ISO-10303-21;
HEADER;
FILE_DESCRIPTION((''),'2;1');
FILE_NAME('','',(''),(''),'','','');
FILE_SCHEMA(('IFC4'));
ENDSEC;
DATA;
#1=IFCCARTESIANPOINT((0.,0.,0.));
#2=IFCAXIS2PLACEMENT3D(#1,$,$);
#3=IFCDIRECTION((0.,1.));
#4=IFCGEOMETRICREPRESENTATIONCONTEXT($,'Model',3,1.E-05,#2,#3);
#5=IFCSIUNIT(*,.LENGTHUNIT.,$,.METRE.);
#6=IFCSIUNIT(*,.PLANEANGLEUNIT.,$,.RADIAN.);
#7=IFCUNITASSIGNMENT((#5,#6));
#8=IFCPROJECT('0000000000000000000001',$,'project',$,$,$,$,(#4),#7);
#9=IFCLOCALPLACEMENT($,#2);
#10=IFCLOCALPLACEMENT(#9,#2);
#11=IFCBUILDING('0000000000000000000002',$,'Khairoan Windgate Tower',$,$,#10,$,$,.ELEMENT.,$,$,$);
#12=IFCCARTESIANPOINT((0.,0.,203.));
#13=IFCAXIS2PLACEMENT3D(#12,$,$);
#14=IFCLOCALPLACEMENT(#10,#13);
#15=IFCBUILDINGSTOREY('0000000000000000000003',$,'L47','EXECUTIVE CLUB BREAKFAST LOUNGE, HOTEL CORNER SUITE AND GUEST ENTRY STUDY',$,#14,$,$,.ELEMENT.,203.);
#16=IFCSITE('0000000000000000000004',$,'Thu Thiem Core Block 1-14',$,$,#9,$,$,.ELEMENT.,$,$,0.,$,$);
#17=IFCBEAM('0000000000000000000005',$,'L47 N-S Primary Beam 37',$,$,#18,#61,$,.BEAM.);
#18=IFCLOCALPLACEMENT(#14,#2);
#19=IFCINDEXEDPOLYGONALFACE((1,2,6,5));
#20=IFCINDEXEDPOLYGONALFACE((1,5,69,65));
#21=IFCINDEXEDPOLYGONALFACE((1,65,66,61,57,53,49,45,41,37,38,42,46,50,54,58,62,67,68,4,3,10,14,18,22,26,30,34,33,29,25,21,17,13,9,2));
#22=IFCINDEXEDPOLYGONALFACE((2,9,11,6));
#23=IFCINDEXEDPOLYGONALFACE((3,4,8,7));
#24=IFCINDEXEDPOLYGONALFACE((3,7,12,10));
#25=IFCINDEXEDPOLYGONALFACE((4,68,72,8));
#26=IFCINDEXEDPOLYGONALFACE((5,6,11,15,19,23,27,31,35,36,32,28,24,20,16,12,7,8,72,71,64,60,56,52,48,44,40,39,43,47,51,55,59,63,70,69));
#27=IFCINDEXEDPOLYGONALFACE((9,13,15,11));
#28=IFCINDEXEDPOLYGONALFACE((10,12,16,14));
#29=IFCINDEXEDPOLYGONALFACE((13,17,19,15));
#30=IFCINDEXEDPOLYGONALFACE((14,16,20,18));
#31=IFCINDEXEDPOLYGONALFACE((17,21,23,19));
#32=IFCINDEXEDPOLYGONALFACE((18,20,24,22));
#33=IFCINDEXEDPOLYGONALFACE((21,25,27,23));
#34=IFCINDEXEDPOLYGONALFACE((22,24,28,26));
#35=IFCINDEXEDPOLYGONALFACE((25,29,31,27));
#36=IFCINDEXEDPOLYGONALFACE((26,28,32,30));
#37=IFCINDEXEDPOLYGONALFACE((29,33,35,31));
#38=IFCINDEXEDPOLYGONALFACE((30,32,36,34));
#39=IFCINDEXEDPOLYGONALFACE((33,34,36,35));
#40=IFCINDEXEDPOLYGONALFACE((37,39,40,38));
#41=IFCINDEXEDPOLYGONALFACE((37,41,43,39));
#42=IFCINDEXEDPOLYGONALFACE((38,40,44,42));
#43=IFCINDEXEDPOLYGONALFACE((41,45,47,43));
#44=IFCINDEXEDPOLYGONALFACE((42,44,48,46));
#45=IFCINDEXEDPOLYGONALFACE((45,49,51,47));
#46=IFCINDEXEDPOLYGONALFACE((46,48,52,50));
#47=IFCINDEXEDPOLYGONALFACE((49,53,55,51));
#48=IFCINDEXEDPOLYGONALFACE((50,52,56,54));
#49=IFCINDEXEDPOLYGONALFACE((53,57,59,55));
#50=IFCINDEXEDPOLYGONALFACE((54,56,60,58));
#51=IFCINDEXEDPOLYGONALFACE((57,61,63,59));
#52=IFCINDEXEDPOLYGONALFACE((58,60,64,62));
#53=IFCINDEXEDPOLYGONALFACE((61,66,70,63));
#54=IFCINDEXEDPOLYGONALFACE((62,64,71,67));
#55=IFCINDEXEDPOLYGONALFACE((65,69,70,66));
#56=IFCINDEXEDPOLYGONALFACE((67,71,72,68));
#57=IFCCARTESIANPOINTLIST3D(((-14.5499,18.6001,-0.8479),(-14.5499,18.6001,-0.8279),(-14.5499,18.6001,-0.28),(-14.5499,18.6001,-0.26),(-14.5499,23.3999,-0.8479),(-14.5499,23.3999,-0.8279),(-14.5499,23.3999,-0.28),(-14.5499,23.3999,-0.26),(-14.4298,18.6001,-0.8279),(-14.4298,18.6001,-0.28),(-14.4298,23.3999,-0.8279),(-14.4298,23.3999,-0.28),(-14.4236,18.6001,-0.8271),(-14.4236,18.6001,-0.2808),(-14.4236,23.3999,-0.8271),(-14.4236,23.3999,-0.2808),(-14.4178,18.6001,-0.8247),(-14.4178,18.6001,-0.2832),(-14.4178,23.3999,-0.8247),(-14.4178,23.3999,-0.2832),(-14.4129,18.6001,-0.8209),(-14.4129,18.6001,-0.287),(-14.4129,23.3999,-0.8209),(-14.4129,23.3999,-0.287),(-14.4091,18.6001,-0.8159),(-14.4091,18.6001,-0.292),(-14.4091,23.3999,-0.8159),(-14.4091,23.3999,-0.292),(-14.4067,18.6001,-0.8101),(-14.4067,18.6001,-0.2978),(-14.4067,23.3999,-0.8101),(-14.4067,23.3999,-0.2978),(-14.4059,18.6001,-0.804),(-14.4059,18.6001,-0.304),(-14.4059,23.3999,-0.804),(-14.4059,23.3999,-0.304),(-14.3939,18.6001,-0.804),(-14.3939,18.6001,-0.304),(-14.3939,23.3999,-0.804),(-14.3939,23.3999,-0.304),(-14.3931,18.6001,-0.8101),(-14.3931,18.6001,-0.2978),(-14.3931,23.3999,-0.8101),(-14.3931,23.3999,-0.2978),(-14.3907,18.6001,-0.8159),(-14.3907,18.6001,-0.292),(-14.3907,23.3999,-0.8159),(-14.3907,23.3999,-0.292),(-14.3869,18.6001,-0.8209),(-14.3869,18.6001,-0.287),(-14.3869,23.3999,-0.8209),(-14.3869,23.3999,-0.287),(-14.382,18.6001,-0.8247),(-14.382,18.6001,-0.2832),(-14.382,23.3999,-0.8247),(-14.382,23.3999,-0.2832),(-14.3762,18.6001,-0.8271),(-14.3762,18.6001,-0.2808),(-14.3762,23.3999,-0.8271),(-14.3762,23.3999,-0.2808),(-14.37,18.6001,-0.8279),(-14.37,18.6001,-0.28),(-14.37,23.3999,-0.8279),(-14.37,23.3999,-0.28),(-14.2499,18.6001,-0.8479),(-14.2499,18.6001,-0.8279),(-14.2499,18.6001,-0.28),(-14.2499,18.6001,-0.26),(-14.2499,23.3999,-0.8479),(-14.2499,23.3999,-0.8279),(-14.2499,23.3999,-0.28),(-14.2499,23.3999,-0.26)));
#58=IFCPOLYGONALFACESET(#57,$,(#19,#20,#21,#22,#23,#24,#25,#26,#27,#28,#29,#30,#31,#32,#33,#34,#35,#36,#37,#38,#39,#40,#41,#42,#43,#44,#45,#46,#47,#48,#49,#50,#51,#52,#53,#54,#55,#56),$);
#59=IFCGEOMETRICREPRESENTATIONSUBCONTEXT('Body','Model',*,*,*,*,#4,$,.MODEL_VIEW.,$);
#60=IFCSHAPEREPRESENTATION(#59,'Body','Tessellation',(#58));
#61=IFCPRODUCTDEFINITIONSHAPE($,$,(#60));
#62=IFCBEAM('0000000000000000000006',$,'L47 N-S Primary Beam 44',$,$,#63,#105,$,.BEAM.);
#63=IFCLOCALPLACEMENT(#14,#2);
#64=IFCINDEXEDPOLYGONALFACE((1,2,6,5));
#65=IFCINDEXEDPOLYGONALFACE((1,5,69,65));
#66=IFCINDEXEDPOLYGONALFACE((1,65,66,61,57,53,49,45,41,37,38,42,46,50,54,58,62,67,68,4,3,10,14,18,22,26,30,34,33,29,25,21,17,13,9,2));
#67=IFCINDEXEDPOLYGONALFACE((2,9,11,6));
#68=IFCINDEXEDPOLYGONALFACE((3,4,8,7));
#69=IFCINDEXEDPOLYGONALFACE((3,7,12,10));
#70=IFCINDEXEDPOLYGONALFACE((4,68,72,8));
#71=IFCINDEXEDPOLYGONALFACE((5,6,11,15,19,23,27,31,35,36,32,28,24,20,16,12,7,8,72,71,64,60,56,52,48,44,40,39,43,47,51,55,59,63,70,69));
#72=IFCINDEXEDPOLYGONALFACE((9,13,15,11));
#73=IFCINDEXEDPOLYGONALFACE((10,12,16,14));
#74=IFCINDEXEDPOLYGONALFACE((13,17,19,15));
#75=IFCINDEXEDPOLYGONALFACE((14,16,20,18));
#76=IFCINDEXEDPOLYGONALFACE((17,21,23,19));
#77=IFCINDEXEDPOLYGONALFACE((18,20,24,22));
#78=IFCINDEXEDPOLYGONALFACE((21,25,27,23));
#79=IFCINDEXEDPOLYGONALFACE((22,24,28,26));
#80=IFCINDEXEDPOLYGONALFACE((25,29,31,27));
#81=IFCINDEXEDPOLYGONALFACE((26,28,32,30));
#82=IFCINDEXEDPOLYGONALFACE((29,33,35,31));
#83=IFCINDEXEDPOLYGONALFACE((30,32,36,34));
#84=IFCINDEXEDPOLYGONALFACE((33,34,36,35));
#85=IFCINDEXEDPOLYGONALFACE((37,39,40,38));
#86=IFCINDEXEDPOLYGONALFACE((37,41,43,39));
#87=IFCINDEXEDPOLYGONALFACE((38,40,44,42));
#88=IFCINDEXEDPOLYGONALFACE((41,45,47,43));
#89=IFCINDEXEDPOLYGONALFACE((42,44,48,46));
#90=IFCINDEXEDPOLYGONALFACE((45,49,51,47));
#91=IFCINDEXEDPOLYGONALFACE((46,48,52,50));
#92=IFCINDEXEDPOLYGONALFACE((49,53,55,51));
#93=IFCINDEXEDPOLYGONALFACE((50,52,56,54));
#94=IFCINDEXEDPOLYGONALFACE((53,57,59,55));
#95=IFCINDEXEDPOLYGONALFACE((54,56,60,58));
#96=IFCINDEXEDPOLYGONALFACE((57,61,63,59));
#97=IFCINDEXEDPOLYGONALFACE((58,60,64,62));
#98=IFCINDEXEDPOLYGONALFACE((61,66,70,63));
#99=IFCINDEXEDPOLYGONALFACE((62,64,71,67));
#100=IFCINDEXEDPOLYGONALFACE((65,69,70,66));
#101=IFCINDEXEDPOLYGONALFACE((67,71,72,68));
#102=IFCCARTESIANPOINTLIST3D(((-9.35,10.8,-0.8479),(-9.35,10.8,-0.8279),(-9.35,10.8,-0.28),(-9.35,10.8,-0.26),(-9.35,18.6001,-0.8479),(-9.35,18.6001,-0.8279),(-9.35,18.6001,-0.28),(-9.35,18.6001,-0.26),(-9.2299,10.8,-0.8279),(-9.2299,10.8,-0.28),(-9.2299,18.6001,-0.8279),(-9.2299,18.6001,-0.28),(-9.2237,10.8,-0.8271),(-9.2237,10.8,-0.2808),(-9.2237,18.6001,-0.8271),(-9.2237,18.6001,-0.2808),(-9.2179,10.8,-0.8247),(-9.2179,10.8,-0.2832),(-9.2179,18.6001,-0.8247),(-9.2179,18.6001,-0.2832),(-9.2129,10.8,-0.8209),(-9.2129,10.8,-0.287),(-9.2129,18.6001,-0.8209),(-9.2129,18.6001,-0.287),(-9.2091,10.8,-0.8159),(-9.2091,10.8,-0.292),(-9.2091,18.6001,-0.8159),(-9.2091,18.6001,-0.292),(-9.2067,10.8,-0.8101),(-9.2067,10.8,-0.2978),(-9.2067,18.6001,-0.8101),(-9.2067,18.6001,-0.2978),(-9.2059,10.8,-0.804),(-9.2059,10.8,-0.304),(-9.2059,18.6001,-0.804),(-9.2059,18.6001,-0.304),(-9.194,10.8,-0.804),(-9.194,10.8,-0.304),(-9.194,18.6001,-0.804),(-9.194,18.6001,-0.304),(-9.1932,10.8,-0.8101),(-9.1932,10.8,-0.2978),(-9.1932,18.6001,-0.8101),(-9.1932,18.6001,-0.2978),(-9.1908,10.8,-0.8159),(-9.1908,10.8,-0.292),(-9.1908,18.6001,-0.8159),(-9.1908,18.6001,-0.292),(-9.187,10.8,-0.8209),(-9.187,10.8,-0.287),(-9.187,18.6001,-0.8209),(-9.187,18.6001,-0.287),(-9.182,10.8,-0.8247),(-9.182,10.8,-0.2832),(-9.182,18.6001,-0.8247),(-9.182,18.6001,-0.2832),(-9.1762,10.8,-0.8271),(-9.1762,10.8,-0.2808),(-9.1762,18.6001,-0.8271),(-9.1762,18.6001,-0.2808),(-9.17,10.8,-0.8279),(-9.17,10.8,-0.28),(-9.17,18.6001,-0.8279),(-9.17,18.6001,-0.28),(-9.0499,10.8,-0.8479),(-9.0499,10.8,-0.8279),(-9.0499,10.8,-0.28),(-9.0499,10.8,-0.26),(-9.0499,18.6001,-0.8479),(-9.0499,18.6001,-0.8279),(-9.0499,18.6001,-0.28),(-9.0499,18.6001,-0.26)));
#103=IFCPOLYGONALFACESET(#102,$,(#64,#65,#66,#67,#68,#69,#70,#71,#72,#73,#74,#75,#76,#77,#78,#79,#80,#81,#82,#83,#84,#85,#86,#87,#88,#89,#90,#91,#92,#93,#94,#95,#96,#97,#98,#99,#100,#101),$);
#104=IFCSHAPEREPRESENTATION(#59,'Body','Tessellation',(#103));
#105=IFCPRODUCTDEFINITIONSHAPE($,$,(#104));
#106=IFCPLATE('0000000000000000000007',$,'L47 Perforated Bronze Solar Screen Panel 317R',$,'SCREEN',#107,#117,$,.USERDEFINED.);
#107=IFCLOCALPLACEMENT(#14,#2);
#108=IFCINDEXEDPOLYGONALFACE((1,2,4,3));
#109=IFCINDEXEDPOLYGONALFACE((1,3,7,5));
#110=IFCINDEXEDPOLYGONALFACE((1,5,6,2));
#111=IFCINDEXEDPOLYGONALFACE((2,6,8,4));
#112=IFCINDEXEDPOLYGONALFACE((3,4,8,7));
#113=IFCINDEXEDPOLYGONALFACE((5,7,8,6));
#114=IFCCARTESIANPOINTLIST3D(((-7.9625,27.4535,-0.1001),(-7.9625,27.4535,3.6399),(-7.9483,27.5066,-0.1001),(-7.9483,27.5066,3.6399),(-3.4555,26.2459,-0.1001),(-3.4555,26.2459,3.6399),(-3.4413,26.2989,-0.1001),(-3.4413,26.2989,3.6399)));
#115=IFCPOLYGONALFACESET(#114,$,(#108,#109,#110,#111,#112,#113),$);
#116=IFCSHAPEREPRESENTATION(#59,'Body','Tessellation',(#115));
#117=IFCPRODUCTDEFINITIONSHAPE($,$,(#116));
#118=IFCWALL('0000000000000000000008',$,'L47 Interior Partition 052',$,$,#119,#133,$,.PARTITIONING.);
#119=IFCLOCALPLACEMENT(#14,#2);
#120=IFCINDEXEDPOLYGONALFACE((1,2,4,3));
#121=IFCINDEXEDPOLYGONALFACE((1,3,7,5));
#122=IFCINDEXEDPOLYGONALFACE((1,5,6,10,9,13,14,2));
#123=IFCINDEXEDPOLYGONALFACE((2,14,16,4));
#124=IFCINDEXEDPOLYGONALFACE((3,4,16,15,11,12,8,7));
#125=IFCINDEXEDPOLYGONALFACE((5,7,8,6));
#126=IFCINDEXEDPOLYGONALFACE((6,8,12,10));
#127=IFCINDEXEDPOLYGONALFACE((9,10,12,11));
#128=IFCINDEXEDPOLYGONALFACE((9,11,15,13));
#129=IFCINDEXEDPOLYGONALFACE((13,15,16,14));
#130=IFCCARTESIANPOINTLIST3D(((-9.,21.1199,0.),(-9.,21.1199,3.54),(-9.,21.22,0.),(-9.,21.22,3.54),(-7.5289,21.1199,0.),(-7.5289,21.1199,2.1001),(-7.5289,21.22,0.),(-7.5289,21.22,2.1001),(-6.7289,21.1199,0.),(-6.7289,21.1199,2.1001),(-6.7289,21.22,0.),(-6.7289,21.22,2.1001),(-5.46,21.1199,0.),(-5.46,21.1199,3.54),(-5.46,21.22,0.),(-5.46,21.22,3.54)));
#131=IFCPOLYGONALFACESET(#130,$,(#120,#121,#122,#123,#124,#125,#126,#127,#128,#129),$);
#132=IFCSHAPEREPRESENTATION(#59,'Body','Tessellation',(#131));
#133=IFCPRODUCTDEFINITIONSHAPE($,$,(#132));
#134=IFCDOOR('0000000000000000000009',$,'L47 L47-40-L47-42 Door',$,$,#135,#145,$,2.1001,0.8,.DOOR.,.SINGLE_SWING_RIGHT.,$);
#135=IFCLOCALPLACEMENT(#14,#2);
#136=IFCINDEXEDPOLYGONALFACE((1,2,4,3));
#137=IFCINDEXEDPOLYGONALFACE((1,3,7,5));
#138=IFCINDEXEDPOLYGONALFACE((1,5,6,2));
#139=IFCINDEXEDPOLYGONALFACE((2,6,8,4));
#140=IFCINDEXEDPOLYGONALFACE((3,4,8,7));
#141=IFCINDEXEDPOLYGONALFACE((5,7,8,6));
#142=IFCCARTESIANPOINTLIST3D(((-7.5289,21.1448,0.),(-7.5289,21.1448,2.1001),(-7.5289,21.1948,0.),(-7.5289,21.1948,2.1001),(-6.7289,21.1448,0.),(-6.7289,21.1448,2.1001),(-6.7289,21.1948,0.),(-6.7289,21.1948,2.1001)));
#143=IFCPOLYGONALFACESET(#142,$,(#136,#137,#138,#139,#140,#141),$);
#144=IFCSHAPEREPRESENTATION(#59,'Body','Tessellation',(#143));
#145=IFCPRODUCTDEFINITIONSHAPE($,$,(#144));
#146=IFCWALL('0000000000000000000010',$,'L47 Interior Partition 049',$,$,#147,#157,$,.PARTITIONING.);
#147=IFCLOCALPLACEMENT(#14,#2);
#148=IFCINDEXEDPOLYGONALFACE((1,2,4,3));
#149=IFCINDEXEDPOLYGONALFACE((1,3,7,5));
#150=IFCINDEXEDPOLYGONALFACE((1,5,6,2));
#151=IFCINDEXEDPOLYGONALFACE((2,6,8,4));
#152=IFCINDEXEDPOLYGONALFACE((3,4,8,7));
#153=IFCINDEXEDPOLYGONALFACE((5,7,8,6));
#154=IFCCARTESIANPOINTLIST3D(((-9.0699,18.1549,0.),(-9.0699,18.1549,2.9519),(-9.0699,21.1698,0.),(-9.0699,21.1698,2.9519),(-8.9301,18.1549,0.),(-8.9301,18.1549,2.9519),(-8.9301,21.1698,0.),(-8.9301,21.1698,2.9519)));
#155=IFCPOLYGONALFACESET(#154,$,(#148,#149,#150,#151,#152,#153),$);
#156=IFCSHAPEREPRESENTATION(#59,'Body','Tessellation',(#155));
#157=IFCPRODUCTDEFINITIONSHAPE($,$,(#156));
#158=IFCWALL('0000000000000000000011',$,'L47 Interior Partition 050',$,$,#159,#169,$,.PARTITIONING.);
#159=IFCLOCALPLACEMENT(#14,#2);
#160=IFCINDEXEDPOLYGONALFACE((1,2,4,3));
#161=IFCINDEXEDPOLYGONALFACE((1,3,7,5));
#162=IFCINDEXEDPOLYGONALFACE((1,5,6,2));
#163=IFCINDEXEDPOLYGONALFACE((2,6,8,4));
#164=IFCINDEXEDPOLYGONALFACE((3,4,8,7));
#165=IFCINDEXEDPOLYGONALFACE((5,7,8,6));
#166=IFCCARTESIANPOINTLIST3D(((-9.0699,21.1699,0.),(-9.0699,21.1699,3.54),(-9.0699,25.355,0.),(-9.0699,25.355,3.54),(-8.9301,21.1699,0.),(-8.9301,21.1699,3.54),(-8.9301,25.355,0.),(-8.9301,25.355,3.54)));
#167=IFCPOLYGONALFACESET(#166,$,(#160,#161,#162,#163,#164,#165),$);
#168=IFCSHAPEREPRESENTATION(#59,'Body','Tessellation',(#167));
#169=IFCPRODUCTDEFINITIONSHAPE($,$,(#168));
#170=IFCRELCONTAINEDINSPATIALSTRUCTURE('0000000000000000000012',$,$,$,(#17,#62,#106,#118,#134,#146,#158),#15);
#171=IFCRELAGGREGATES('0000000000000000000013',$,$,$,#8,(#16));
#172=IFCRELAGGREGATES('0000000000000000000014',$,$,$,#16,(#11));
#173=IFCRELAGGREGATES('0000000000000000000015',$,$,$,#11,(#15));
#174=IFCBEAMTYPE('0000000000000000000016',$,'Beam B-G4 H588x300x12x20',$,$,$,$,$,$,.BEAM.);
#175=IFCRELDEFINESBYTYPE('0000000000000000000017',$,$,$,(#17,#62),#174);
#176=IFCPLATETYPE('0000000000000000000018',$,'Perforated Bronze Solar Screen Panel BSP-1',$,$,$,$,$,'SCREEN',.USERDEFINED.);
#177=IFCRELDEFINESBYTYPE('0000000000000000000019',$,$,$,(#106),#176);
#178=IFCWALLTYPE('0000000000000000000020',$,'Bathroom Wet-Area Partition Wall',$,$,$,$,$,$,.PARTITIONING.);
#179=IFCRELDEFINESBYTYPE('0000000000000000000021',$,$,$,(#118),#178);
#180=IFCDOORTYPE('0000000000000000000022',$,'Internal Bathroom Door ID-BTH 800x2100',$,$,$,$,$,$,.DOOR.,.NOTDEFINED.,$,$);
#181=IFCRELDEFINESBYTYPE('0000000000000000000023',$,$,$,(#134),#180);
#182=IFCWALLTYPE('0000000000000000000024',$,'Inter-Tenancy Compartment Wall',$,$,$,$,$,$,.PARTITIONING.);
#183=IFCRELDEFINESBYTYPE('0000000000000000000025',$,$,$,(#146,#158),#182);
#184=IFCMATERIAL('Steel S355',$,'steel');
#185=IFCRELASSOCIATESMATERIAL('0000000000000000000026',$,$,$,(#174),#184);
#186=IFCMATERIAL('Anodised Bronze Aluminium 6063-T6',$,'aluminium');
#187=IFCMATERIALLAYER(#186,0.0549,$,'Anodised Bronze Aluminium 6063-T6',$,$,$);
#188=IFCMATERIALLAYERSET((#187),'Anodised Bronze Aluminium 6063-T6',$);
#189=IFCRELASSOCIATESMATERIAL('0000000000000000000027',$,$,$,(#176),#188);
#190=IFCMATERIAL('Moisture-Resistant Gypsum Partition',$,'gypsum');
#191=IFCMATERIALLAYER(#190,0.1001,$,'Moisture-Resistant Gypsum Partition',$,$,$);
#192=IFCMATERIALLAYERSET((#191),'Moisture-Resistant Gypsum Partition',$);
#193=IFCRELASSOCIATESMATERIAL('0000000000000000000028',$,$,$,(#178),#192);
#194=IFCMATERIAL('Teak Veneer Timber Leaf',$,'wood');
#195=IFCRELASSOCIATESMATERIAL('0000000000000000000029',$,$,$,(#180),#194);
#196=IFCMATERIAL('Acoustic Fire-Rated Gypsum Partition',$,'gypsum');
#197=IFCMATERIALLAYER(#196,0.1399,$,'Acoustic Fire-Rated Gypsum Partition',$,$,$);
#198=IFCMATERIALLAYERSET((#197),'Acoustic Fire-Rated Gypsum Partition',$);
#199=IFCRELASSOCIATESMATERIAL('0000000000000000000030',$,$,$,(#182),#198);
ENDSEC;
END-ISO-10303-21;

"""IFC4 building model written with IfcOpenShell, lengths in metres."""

from ifc_helpers import new_model, si_unit, direction, frame, frame_2d, origin, origin_2d, place, context, subcontext, project, spatial, rectangle, i_section, extrude, material, layer, layer_set, material_profile, profile_set, type_object, element, fill, save


model = new_model("IFC4")

# Units and contexts
model_context = context("Model", 3, precision=1e-05, world=origin(), true_north=direction((0.0, 1.0)))
body_context = subcontext(model_context, "Body", "Model", "MODEL_VIEW")
ifc_project = project(units=[si_unit("LENGTHUNIT", "METRE"), si_unit("PLANEANGLEUNIT", "RADIAN")], contexts=[model_context])

# Site, building, storey
site_placement = place(None, origin())
site = spatial("IfcSite", under=ifc_project, at=site_placement, Name="Thu Thiem Core Block 1-14", CompositionType="ELEMENT", RefElevation=0.0)
building_placement = place(site_placement, origin())
building = spatial("IfcBuilding", under=site, at=building_placement, Name="Khairoan Windgate Tower", CompositionType="ELEMENT")
storey_placement = place(building_placement, frame((0.0, 0.0, 203.0)))
storey = spatial("IfcBuildingStorey", under=building, at=storey_placement, Name="L47", Description="EXECUTIVE CLUB BREAKFAST LOUNGE, HOTEL CORNER SUITE AND GUEST ENTRY STUDY", CompositionType="ELEMENT", Elevation=203.0)

# Beams
ifc_material_1 = material(Name="Steel S355", Category="steel")
ifc_material_profile_1 = material_profile(ifc_material_1, i_section(OverallWidth=0.3, OverallDepth=0.5879, WebThickness=0.012, FlangeThickness=0.02, FilletRadius=0.0239, at=origin_2d()))
ifc_profile_set_1 = profile_set([ifc_material_profile_1], Name="Steel S355")
beam_type = type_object("IfcBeamType", Name="Beam B-G4 H588x300x12x20", PredefinedType="BEAM", material=ifc_profile_set_1)
beam_1_placement = place(storey_placement, frame((-14.3999, 18.6001, -0.554), z_axis=(0.0, 1.0, 0.0), x_axis=(-1.0, 0.0, 0.0)))
element("IfcBeam", 1, at=beam_1_placement, inside=storey, type_object=beam_type, Name="L47 N-S Primary Beam 37", PredefinedType="BEAM", context=body_context, shape_type="SweptSolid", body=[
    extrude(i_section(OverallWidth=0.3, OverallDepth=0.5879, WebThickness=0.012, FlangeThickness=0.02, FilletRadius=0.0239, at=origin_2d()), origin(), (0.0, 0.0, 1.0), 4.7998),
])
beam_2_placement = place(storey_placement, frame((-9.2, 10.8, -0.554), z_axis=(0.0, 1.0, 0.0), x_axis=(-1.0, 0.0, 0.0)))
element("IfcBeam", 2, at=beam_2_placement, inside=storey, type_object=beam_type, Name="L47 N-S Primary Beam 44", PredefinedType="BEAM", context=body_context, shape_type="SweptSolid", body=[
    extrude(i_section(OverallWidth=0.3, OverallDepth=0.5879, WebThickness=0.012, FlangeThickness=0.02, FilletRadius=0.0239, at=origin_2d()), origin(), (0.0, 0.0, 1.0), 7.8),
])

# Plate
ifc_material_2 = material(Name="Anodised Bronze Aluminium 6063-T6", Category="aluminium")
ifc_layer_1 = layer(ifc_material_2, 0.0549, Name="Anodised Bronze Aluminium 6063-T6")
ifc_layer_set_1 = layer_set([ifc_layer_1], Name="Anodised Bronze Aluminium 6063-T6")
plate_type = type_object("IfcPlateType", Name="Perforated Bronze Solar Screen Panel BSP-1", ElementType="SCREEN", PredefinedType="USERDEFINED", material=ifc_layer_set_1)
plate_placement = place(storey_placement, frame((-5.7019, 26.8762, -0.1001), z_axis=(0.0, 0.0, 1.0), x_axis=(0.965926, -0.258819, 0.0)))
element("IfcPlate", 3, at=plate_placement, inside=storey, type_object=plate_type, Name="L47 Perforated Bronze Solar Screen Panel 317R", ObjectType="SCREEN", PredefinedType="USERDEFINED", context=body_context, shape_type="SweptSolid", body=[
    extrude(rectangle(XDim=4.666, YDim=0.0549, at=origin_2d()), origin(), (0.0, 0.0, 1.0), 3.74),
])

# Wall, opening, door
ifc_material_3 = material(Name="Moisture-Resistant Gypsum Partition", Category="gypsum")
ifc_layer_2 = layer(ifc_material_3, 0.1001, Name="Moisture-Resistant Gypsum Partition")
ifc_layer_set_2 = layer_set([ifc_layer_2], Name="Moisture-Resistant Gypsum Partition")
wall_type_1 = type_object("IfcWallType", Name="Bathroom Wet-Area Partition Wall", PredefinedType="PARTITIONING", material=ifc_layer_set_2)
wall_1_placement = place(storey_placement, frame((-9.0, 21.1699, 0.0), z_axis=(0.0, 0.0, 1.0), x_axis=(1.0, 0.0, 0.0)))
wall_1 = element("IfcWall", 4, at=wall_1_placement, inside=storey, type_object=wall_type_1, Name="L47 Interior Partition 052", PredefinedType="PARTITIONING", context=body_context, shape_type="SweptSolid", body=[
    extrude(rectangle(XDim=3.54, YDim=0.1001, at=frame_2d((1.77, 0.0))), origin(), (0.0, 0.0, 1.0), 3.54),
])
opening_1_placement = place(wall_1_placement, frame((1.4712, 0.0, 0.0)))
opening_1 = element("IfcOpeningElement", 5, at=opening_1_placement, cuts=wall_1, PredefinedType="OPENING", context=body_context, shape_type="SweptSolid", body=[
    extrude(rectangle(XDim=0.8, YDim=2.1001, at=frame_2d((0.3999, 1.05))), frame((0.0, 0.0601, 0.0), z_axis=(0.0, -1.0, 0.0), x_axis=(1.0, 0.0, 0.0)), (0.0, 0.0, 1.0), 0.1201),
])
ifc_material_4 = material(Name="Teak Veneer Timber Leaf", Category="wood")
door_type_1 = type_object("IfcDoorType", Name="Internal Bathroom Door ID-BTH 800x2100", OperationType="NOTDEFINED", PredefinedType="DOOR", material=ifc_material_4)
door_1_placement = place(opening_1_placement, origin())
door_1 = element("IfcDoor", 6, at=door_1_placement, inside=storey, type_object=door_type_1, Name="L47 L47-40-L47-42 Door", OperationType="SINGLE_SWING_RIGHT", OverallHeight=2.1001, OverallWidth=0.8, PredefinedType="DOOR", context=body_context, shape_type="SweptSolid", body=[
    extrude(rectangle(XDim=0.8, YDim=2.1001, at=frame_2d((0.3999, 1.05))), frame((0.0, 0.0249, 0.0), z_axis=(0.0, -1.0, 0.0), x_axis=(1.0, 0.0, 0.0)), (0.0, 0.0, 1.0), 0.05),
])
fill(opening_1, door_1)

# Walls
ifc_material_5 = material(Name="Acoustic Fire-Rated Gypsum Partition", Category="gypsum")
ifc_layer_3 = layer(ifc_material_5, 0.1399, Name="Acoustic Fire-Rated Gypsum Partition")
ifc_layer_set_3 = layer_set([ifc_layer_3], Name="Acoustic Fire-Rated Gypsum Partition")
wall_type_2 = type_object("IfcWallType", Name="Inter-Tenancy Compartment Wall", PredefinedType="PARTITIONING", material=ifc_layer_set_3)
wall_2_placement = place(storey_placement, frame((-9.0, 18.155, 0.0), z_axis=(0.0, 0.0, 1.0), x_axis=(0.0, 1.0, 0.0)))
element("IfcWall", 7, at=wall_2_placement, inside=storey, type_object=wall_type_2, Name="L47 Interior Partition 049", PredefinedType="PARTITIONING", context=body_context, shape_type="SweptSolid", body=[
    extrude(rectangle(XDim=3.0149, YDim=0.1399, at=frame_2d((1.5073, 0.0))), origin(), (0.0, 0.0, 1.0), 2.9519),
])
wall_3_placement = place(storey_placement, frame((-9.0, 21.1699, 0.0), z_axis=(0.0, 0.0, 1.0), x_axis=(0.0, 1.0, 0.0)))
element("IfcWall", 8, at=wall_3_placement, inside=storey, type_object=wall_type_2, Name="L47 Interior Partition 050", PredefinedType="PARTITIONING", context=body_context, shape_type="SweptSolid", body=[
    extrude(rectangle(XDim=4.1851, YDim=0.1399, at=frame_2d((2.0925, 0.0))), origin(), (0.0, 0.0, 1.0), 3.54),
])

save(model, "model.ifc")
